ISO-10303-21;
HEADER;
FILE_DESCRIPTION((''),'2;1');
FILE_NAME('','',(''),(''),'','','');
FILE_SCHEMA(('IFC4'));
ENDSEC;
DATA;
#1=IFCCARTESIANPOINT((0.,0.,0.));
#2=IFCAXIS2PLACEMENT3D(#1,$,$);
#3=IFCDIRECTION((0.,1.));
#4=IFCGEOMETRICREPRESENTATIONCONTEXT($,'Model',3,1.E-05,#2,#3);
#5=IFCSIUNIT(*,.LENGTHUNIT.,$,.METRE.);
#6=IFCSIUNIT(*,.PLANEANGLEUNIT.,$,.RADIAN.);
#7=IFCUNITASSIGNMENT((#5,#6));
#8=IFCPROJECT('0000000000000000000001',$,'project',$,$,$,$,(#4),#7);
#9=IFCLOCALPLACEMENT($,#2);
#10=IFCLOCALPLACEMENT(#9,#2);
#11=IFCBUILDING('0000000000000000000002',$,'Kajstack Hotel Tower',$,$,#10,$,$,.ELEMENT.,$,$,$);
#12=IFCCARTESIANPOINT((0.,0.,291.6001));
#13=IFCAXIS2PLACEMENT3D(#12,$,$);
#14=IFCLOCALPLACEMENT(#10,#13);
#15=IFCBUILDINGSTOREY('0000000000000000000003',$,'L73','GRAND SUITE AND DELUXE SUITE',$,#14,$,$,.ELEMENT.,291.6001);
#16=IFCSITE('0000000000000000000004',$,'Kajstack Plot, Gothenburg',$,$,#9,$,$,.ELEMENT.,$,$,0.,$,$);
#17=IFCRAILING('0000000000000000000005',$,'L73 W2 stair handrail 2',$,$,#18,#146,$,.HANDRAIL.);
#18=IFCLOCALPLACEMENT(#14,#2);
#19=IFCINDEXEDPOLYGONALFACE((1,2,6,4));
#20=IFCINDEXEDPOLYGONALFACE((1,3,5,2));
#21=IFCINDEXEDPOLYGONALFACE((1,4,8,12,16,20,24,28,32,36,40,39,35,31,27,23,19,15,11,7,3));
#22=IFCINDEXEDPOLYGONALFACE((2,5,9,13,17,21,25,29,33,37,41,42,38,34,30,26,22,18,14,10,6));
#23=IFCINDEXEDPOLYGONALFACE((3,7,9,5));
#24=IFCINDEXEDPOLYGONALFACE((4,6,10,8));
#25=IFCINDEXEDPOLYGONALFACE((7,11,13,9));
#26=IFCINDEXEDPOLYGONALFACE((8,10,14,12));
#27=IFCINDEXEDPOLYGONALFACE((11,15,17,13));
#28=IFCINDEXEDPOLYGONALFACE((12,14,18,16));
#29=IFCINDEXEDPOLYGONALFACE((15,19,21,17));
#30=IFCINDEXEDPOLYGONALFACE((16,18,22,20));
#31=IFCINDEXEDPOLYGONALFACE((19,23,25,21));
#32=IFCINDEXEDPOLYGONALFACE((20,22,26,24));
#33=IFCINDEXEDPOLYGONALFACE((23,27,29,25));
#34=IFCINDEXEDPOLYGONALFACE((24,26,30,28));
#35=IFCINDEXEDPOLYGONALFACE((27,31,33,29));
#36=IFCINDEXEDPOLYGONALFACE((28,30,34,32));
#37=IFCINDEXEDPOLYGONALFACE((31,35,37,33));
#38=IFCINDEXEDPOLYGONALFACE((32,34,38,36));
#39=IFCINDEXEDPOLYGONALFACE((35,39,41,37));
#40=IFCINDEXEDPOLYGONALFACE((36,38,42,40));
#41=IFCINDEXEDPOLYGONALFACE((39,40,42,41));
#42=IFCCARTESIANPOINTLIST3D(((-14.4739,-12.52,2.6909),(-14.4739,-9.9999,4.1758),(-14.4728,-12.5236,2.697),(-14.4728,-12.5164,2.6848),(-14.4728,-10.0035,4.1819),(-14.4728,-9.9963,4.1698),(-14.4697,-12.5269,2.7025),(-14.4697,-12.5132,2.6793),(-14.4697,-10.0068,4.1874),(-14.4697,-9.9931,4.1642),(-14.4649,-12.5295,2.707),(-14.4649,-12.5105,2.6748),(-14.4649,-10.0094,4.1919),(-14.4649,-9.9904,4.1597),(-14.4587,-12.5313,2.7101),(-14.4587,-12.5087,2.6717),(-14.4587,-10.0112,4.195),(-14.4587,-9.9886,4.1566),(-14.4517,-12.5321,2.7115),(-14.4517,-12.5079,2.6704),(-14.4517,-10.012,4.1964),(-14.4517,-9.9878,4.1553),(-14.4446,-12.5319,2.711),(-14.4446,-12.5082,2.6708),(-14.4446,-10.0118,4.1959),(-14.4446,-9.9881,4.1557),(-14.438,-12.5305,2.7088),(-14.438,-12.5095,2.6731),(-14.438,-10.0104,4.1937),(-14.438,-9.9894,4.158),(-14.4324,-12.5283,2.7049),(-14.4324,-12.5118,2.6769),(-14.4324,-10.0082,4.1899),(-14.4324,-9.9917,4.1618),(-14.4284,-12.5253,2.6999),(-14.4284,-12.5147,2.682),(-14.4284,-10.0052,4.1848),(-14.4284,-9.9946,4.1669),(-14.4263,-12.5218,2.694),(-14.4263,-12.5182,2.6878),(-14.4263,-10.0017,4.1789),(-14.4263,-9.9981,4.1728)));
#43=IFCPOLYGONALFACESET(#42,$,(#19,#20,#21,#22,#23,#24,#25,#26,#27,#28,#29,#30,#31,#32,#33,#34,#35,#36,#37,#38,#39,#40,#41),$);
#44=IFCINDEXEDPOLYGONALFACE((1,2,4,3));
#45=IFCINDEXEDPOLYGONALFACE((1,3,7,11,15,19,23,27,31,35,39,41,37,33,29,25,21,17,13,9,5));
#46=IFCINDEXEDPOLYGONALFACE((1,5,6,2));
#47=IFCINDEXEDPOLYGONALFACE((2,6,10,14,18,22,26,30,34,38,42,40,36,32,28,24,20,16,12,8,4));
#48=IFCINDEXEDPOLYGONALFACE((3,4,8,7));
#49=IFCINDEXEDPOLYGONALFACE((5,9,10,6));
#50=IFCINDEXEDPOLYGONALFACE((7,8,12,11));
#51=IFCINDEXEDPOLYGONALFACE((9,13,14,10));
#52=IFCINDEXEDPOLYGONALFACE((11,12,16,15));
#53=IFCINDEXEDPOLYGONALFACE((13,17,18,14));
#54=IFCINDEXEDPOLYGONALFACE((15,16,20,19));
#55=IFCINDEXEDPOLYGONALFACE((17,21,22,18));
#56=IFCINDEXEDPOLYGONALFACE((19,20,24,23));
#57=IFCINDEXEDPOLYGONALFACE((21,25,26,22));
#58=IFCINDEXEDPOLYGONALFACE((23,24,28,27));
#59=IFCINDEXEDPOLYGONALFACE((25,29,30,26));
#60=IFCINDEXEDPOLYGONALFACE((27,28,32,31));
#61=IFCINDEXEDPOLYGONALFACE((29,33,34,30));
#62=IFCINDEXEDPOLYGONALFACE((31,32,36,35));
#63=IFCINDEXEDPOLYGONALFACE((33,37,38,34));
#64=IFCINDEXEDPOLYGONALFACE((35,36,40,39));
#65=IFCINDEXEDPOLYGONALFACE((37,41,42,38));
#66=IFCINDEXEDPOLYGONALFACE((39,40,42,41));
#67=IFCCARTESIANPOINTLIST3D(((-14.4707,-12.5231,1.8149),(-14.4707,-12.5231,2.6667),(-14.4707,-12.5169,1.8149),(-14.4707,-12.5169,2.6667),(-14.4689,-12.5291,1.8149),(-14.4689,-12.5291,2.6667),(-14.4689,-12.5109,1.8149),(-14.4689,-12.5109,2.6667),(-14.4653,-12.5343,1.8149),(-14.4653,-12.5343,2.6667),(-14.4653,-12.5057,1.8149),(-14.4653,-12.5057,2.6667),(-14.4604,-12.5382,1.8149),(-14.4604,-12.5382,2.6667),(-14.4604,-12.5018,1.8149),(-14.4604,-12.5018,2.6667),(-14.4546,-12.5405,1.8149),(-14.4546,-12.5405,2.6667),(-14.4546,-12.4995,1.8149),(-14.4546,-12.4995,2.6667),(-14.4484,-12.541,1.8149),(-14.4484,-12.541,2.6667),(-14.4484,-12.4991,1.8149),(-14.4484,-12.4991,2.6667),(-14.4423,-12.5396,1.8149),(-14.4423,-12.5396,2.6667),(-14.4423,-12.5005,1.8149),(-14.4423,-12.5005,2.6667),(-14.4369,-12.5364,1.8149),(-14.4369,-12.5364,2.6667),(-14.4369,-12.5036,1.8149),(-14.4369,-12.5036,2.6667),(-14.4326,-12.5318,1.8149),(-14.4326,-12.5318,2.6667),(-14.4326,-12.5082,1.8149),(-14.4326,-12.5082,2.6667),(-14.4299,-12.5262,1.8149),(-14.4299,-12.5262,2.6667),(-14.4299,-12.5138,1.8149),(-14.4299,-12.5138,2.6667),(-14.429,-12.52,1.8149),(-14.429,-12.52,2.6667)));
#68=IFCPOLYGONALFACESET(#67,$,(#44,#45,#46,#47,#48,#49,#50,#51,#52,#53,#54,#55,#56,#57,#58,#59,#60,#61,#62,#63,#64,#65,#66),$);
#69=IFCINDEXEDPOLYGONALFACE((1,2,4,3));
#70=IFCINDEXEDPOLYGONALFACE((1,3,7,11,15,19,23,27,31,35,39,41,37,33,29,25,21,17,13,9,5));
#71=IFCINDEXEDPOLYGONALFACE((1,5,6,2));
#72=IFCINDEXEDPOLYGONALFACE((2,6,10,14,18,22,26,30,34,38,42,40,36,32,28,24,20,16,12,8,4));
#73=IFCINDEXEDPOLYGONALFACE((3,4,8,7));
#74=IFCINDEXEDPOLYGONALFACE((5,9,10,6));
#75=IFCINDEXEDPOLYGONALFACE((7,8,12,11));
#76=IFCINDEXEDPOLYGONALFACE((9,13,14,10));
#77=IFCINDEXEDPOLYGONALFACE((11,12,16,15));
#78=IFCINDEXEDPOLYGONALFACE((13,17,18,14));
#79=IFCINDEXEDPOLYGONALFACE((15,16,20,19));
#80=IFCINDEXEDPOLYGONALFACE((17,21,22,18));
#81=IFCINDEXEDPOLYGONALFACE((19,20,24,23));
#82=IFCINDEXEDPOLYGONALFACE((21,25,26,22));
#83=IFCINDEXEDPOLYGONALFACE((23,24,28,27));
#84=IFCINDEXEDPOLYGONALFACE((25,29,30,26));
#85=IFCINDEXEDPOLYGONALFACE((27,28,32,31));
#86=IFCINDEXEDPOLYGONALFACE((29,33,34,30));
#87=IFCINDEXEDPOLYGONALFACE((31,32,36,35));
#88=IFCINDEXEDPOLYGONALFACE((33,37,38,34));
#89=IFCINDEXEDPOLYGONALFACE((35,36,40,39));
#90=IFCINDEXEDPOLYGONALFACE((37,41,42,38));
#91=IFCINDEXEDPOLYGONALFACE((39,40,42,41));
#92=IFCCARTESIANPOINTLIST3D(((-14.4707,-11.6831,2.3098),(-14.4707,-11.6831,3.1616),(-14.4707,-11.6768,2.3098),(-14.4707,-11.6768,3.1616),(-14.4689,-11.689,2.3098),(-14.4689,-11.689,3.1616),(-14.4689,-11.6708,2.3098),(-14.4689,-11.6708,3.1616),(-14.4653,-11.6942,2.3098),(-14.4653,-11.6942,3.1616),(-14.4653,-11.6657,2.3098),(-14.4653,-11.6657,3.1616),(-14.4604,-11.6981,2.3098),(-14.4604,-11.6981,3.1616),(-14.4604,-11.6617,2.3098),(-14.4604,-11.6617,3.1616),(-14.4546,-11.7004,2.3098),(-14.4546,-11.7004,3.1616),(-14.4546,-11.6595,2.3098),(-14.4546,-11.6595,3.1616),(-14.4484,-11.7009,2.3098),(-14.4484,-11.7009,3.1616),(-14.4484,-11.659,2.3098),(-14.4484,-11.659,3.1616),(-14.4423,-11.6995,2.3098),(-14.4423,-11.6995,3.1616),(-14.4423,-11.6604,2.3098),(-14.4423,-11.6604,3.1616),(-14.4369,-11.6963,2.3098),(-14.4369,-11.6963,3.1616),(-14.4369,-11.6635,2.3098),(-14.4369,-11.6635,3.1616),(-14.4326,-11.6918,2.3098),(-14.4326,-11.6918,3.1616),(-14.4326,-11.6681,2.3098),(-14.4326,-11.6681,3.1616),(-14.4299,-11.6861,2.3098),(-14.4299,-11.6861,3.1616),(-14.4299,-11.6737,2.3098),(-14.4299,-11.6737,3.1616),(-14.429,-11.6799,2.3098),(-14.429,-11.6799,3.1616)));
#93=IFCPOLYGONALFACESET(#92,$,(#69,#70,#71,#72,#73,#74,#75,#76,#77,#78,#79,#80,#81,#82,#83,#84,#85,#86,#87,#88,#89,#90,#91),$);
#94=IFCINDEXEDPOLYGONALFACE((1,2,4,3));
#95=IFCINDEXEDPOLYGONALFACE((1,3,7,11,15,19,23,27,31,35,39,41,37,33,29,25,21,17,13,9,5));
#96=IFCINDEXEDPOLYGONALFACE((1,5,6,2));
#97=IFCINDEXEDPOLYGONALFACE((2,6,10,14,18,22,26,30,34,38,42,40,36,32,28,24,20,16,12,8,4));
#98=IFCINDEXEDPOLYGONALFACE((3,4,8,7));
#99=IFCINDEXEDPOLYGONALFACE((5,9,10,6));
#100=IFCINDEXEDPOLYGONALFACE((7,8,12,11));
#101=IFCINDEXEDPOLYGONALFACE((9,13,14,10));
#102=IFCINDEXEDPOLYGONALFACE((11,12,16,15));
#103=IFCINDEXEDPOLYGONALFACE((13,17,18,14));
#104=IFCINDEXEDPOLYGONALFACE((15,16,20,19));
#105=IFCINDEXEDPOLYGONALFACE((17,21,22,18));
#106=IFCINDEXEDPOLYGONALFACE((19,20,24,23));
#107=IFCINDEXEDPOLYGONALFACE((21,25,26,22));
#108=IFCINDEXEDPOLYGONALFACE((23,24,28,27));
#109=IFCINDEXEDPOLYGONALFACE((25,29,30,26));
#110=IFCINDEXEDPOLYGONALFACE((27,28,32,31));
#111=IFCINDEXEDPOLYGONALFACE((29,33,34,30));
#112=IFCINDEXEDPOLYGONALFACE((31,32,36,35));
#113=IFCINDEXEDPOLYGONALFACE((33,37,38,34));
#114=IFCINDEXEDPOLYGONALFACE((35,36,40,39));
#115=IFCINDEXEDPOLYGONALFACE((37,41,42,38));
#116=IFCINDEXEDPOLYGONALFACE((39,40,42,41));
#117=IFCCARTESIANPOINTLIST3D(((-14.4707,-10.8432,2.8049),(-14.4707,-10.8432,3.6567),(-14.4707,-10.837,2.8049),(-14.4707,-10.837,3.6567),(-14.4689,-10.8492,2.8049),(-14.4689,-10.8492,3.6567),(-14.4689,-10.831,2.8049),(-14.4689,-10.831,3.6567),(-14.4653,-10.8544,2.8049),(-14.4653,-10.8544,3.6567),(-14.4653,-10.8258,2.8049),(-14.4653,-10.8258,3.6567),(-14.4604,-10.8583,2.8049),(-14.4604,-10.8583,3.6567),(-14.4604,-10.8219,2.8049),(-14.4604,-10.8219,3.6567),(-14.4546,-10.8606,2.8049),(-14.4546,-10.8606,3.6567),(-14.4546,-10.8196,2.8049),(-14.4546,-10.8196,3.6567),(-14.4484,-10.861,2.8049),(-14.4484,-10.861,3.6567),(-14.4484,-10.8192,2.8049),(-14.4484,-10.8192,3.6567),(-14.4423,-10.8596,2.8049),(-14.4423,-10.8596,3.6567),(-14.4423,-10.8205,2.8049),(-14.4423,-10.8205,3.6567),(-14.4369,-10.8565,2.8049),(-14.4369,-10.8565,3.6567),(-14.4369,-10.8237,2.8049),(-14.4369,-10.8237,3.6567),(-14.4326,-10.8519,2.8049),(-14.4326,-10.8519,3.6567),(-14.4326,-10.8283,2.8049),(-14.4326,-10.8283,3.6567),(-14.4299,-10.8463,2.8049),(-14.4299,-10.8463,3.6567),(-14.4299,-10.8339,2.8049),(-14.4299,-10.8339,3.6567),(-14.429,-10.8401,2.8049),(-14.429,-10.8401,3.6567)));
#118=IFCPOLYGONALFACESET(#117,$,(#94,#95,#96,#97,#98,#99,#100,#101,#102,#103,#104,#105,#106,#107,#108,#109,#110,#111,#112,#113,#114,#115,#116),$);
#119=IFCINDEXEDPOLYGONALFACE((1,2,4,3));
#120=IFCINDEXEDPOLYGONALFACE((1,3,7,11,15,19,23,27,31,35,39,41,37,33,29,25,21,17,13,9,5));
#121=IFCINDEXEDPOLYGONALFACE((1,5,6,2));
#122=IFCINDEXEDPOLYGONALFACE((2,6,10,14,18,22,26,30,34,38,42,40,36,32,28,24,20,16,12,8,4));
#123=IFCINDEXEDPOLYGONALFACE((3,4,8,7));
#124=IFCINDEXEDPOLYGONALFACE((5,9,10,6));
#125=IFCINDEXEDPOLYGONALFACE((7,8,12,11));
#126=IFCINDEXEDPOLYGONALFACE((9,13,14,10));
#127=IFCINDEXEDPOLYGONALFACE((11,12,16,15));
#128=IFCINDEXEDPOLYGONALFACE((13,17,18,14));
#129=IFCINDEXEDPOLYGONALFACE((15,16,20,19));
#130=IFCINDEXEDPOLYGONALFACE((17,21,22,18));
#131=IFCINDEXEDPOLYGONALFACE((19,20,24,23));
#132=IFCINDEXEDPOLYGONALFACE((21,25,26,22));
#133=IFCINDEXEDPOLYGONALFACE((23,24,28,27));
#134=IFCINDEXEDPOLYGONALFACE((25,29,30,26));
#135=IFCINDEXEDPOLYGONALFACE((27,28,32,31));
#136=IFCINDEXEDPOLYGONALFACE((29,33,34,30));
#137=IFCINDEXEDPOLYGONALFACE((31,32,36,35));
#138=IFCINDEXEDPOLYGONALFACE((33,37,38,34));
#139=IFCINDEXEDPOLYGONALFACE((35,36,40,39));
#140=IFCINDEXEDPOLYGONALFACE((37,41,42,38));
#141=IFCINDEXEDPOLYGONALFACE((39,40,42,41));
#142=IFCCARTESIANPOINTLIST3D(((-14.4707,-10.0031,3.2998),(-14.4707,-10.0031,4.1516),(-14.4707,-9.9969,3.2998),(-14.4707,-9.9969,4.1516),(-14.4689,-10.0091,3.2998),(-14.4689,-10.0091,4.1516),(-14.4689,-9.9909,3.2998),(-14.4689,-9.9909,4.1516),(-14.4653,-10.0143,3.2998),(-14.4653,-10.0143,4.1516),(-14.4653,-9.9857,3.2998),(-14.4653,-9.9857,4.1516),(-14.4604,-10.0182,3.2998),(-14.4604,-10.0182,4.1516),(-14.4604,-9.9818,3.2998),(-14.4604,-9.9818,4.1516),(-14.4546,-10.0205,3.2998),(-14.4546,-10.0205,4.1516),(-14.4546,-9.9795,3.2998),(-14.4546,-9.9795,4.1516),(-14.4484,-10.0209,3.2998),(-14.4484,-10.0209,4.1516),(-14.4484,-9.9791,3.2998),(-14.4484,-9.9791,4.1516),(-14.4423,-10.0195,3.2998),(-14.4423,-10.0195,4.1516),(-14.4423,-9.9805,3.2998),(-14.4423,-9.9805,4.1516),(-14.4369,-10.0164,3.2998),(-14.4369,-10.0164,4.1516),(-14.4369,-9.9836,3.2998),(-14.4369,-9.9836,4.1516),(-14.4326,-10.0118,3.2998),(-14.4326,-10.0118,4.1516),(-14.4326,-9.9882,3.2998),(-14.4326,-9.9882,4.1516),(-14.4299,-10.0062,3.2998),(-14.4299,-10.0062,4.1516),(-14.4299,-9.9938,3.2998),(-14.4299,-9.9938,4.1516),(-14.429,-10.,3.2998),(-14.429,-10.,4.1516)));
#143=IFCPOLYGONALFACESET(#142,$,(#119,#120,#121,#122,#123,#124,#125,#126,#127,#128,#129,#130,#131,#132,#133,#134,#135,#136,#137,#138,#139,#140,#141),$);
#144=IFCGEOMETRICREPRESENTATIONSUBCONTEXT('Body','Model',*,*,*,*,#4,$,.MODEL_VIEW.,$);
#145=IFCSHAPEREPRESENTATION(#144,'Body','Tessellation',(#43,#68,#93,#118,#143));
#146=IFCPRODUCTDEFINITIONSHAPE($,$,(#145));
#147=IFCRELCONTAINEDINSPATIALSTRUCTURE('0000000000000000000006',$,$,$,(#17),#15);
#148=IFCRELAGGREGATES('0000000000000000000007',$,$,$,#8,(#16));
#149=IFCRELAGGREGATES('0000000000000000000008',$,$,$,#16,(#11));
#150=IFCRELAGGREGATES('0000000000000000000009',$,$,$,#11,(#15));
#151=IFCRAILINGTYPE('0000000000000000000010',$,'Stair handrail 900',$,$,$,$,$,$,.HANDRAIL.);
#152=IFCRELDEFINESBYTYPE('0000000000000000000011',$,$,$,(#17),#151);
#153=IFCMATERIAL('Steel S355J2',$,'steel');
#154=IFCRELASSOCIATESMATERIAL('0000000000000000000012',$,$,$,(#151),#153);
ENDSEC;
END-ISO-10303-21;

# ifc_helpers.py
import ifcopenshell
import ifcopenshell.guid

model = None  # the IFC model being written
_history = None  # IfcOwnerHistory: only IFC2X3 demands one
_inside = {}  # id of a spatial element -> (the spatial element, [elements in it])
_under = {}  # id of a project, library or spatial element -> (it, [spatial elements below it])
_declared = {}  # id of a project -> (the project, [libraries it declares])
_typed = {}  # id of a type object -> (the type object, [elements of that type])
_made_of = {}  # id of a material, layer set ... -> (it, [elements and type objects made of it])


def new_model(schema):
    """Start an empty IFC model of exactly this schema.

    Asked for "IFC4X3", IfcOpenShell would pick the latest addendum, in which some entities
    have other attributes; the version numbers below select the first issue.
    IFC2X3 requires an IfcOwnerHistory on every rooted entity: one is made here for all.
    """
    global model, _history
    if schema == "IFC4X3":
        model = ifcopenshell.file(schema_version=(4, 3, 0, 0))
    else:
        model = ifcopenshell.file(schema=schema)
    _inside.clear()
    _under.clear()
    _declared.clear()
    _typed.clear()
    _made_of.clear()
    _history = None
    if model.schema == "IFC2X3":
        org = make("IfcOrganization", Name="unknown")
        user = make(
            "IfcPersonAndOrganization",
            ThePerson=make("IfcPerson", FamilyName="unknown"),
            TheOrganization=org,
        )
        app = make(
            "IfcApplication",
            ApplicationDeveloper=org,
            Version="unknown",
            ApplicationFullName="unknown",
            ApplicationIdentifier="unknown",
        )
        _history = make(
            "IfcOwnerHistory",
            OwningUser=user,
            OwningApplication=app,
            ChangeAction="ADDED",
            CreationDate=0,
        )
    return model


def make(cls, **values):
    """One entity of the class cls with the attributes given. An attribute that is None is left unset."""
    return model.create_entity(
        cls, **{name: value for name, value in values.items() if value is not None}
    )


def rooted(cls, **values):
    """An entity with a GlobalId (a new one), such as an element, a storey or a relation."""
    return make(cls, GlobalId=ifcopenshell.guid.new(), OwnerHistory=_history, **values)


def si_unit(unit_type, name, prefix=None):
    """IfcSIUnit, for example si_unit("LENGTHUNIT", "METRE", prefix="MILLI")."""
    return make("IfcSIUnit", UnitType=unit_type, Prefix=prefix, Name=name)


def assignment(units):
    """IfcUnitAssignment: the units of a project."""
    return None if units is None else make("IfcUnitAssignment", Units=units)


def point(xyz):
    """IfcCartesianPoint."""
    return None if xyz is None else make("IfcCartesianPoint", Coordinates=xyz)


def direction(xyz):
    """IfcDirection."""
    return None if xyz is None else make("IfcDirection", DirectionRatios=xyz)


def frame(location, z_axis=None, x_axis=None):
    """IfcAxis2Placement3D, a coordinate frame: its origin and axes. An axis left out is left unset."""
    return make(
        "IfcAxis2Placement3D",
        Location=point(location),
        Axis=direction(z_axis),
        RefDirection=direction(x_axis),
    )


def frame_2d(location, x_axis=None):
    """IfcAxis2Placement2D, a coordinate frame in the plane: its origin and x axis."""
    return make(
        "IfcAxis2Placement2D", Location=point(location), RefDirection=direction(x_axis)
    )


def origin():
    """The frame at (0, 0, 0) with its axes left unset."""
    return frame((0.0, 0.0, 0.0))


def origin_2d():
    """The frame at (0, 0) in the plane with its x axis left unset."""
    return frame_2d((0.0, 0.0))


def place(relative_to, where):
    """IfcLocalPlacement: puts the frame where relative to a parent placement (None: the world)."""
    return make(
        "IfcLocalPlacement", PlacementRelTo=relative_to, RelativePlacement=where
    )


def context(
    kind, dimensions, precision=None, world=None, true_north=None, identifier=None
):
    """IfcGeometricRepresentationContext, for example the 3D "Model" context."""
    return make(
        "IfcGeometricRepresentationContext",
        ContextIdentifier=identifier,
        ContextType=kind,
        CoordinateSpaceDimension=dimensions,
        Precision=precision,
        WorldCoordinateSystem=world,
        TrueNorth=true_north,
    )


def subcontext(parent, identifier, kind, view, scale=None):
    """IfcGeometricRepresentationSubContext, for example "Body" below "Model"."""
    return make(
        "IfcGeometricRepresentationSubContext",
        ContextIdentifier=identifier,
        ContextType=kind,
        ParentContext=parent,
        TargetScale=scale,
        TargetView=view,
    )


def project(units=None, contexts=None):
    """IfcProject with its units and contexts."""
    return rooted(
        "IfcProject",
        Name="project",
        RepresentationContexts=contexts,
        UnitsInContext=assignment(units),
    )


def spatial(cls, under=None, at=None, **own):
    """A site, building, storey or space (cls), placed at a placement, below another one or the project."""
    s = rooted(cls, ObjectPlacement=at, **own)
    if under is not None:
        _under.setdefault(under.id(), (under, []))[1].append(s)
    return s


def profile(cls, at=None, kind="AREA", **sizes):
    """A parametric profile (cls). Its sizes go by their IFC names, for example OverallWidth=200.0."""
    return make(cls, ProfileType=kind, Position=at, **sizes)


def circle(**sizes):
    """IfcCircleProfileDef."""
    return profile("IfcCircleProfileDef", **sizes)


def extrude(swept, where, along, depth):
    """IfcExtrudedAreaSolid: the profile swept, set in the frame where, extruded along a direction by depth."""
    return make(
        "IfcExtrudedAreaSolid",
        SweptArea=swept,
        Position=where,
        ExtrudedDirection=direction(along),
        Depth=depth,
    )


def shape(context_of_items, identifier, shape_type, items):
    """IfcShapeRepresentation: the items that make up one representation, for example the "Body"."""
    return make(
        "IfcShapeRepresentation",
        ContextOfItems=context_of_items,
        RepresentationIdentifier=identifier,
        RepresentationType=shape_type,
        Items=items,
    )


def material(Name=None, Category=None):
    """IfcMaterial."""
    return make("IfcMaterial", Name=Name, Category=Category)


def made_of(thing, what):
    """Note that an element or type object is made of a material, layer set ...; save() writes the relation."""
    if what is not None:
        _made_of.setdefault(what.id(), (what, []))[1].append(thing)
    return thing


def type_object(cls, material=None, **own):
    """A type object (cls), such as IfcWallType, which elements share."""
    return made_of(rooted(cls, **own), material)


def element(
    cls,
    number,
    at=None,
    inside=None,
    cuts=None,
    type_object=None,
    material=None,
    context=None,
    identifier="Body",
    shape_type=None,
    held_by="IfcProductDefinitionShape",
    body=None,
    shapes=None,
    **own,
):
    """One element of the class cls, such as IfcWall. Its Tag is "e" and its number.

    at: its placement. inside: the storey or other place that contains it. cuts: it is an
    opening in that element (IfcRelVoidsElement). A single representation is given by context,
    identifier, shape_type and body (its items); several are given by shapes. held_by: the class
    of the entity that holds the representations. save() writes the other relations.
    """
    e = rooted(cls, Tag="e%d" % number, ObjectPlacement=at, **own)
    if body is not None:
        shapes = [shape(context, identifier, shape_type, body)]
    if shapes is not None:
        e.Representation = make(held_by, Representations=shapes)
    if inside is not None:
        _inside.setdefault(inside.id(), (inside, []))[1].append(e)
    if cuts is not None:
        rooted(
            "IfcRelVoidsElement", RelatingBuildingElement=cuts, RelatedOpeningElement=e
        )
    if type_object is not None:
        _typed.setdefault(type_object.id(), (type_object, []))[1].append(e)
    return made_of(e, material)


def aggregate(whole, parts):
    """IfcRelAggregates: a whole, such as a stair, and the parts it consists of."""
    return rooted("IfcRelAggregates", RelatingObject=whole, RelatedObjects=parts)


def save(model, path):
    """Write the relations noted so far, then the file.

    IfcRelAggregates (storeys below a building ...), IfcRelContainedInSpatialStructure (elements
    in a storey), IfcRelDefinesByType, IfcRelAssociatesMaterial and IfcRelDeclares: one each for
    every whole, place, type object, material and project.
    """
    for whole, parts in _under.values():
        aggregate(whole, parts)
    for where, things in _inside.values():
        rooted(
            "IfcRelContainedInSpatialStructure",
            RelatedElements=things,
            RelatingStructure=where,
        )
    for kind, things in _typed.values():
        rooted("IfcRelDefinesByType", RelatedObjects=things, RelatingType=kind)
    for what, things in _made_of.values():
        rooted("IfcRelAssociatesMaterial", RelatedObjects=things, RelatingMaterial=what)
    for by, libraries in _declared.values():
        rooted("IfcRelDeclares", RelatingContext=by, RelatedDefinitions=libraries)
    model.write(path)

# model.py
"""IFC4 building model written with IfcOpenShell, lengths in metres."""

from ifc_helpers import new_model, si_unit, direction, frame, origin, origin_2d, place, context, subcontext, project, spatial, circle, extrude, material, type_object, element, save


model = new_model("IFC4")

# Units and contexts
model_context = context("Model", 3, precision=1e-05, world=origin(), true_north=direction((0.0, 1.0)))
body_context = subcontext(model_context, "Body", "Model", "MODEL_VIEW")
ifc_project = project(units=[si_unit("LENGTHUNIT", "METRE"), si_unit("PLANEANGLEUNIT", "RADIAN")], contexts=[model_context])

# Site, building, storey
site_placement = place(None, origin())
site = spatial("IfcSite", under=ifc_project, at=site_placement, Name="Kajstack Plot, Gothenburg", CompositionType="ELEMENT", RefElevation=0.0)
building_placement = place(site_placement, origin())
building = spatial("IfcBuilding", under=site, at=building_placement, Name="Kajstack Hotel Tower", CompositionType="ELEMENT")
storey_placement = place(building_placement, frame((0.0, 0.0, 291.6001)))
storey = spatial("IfcBuildingStorey", under=building, at=storey_placement, Name="L73", Description="GRAND SUITE AND DELUXE SUITE", CompositionType="ELEMENT", Elevation=291.6001)

# Railing
ifc_material_1 = material(Name="Steel S355J2", Category="steel")
railing_type = type_object("IfcRailingType", Name="Stair handrail 900", PredefinedType="HANDRAIL", material=ifc_material_1)
railing_placement = place(storey_placement, frame((-14.45, -12.52, 1.8149)))
element("IfcRailing", 1, at=railing_placement, inside=storey, type_object=railing_type, Name="L73 W2 stair handrail 2", PredefinedType="HANDRAIL", context=body_context, shape_type="SweptSolid", body=[
    extrude(circle(Radius=0.0239, at=origin_2d()), frame((0.0, 0.0, 0.876), z_axis=(0.0, 0.861561, 0.507655), x_axis=(-1.0, 0.0, 0.0)), (0.0, 0.0, 1.0), 2.925),
    extrude(circle(Radius=0.021, at=origin_2d()), origin(), (0.0, 0.0, 1.0), 0.8518),
    extrude(circle(Radius=0.021, at=origin_2d()), frame((0.0, 0.8401, 0.4949)), (0.0, 0.0, 1.0), 0.8518),
    extrude(circle(Radius=0.021, at=origin_2d()), frame((0.0, 1.6799, 0.99)), (0.0, 0.0, 1.0), 0.8518),
    extrude(circle(Radius=0.021, at=origin_2d()), frame((0.0, 2.52, 1.4849)), (0.0, 0.0, 1.0), 0.8518),
])

save(model, "model.ifc")
